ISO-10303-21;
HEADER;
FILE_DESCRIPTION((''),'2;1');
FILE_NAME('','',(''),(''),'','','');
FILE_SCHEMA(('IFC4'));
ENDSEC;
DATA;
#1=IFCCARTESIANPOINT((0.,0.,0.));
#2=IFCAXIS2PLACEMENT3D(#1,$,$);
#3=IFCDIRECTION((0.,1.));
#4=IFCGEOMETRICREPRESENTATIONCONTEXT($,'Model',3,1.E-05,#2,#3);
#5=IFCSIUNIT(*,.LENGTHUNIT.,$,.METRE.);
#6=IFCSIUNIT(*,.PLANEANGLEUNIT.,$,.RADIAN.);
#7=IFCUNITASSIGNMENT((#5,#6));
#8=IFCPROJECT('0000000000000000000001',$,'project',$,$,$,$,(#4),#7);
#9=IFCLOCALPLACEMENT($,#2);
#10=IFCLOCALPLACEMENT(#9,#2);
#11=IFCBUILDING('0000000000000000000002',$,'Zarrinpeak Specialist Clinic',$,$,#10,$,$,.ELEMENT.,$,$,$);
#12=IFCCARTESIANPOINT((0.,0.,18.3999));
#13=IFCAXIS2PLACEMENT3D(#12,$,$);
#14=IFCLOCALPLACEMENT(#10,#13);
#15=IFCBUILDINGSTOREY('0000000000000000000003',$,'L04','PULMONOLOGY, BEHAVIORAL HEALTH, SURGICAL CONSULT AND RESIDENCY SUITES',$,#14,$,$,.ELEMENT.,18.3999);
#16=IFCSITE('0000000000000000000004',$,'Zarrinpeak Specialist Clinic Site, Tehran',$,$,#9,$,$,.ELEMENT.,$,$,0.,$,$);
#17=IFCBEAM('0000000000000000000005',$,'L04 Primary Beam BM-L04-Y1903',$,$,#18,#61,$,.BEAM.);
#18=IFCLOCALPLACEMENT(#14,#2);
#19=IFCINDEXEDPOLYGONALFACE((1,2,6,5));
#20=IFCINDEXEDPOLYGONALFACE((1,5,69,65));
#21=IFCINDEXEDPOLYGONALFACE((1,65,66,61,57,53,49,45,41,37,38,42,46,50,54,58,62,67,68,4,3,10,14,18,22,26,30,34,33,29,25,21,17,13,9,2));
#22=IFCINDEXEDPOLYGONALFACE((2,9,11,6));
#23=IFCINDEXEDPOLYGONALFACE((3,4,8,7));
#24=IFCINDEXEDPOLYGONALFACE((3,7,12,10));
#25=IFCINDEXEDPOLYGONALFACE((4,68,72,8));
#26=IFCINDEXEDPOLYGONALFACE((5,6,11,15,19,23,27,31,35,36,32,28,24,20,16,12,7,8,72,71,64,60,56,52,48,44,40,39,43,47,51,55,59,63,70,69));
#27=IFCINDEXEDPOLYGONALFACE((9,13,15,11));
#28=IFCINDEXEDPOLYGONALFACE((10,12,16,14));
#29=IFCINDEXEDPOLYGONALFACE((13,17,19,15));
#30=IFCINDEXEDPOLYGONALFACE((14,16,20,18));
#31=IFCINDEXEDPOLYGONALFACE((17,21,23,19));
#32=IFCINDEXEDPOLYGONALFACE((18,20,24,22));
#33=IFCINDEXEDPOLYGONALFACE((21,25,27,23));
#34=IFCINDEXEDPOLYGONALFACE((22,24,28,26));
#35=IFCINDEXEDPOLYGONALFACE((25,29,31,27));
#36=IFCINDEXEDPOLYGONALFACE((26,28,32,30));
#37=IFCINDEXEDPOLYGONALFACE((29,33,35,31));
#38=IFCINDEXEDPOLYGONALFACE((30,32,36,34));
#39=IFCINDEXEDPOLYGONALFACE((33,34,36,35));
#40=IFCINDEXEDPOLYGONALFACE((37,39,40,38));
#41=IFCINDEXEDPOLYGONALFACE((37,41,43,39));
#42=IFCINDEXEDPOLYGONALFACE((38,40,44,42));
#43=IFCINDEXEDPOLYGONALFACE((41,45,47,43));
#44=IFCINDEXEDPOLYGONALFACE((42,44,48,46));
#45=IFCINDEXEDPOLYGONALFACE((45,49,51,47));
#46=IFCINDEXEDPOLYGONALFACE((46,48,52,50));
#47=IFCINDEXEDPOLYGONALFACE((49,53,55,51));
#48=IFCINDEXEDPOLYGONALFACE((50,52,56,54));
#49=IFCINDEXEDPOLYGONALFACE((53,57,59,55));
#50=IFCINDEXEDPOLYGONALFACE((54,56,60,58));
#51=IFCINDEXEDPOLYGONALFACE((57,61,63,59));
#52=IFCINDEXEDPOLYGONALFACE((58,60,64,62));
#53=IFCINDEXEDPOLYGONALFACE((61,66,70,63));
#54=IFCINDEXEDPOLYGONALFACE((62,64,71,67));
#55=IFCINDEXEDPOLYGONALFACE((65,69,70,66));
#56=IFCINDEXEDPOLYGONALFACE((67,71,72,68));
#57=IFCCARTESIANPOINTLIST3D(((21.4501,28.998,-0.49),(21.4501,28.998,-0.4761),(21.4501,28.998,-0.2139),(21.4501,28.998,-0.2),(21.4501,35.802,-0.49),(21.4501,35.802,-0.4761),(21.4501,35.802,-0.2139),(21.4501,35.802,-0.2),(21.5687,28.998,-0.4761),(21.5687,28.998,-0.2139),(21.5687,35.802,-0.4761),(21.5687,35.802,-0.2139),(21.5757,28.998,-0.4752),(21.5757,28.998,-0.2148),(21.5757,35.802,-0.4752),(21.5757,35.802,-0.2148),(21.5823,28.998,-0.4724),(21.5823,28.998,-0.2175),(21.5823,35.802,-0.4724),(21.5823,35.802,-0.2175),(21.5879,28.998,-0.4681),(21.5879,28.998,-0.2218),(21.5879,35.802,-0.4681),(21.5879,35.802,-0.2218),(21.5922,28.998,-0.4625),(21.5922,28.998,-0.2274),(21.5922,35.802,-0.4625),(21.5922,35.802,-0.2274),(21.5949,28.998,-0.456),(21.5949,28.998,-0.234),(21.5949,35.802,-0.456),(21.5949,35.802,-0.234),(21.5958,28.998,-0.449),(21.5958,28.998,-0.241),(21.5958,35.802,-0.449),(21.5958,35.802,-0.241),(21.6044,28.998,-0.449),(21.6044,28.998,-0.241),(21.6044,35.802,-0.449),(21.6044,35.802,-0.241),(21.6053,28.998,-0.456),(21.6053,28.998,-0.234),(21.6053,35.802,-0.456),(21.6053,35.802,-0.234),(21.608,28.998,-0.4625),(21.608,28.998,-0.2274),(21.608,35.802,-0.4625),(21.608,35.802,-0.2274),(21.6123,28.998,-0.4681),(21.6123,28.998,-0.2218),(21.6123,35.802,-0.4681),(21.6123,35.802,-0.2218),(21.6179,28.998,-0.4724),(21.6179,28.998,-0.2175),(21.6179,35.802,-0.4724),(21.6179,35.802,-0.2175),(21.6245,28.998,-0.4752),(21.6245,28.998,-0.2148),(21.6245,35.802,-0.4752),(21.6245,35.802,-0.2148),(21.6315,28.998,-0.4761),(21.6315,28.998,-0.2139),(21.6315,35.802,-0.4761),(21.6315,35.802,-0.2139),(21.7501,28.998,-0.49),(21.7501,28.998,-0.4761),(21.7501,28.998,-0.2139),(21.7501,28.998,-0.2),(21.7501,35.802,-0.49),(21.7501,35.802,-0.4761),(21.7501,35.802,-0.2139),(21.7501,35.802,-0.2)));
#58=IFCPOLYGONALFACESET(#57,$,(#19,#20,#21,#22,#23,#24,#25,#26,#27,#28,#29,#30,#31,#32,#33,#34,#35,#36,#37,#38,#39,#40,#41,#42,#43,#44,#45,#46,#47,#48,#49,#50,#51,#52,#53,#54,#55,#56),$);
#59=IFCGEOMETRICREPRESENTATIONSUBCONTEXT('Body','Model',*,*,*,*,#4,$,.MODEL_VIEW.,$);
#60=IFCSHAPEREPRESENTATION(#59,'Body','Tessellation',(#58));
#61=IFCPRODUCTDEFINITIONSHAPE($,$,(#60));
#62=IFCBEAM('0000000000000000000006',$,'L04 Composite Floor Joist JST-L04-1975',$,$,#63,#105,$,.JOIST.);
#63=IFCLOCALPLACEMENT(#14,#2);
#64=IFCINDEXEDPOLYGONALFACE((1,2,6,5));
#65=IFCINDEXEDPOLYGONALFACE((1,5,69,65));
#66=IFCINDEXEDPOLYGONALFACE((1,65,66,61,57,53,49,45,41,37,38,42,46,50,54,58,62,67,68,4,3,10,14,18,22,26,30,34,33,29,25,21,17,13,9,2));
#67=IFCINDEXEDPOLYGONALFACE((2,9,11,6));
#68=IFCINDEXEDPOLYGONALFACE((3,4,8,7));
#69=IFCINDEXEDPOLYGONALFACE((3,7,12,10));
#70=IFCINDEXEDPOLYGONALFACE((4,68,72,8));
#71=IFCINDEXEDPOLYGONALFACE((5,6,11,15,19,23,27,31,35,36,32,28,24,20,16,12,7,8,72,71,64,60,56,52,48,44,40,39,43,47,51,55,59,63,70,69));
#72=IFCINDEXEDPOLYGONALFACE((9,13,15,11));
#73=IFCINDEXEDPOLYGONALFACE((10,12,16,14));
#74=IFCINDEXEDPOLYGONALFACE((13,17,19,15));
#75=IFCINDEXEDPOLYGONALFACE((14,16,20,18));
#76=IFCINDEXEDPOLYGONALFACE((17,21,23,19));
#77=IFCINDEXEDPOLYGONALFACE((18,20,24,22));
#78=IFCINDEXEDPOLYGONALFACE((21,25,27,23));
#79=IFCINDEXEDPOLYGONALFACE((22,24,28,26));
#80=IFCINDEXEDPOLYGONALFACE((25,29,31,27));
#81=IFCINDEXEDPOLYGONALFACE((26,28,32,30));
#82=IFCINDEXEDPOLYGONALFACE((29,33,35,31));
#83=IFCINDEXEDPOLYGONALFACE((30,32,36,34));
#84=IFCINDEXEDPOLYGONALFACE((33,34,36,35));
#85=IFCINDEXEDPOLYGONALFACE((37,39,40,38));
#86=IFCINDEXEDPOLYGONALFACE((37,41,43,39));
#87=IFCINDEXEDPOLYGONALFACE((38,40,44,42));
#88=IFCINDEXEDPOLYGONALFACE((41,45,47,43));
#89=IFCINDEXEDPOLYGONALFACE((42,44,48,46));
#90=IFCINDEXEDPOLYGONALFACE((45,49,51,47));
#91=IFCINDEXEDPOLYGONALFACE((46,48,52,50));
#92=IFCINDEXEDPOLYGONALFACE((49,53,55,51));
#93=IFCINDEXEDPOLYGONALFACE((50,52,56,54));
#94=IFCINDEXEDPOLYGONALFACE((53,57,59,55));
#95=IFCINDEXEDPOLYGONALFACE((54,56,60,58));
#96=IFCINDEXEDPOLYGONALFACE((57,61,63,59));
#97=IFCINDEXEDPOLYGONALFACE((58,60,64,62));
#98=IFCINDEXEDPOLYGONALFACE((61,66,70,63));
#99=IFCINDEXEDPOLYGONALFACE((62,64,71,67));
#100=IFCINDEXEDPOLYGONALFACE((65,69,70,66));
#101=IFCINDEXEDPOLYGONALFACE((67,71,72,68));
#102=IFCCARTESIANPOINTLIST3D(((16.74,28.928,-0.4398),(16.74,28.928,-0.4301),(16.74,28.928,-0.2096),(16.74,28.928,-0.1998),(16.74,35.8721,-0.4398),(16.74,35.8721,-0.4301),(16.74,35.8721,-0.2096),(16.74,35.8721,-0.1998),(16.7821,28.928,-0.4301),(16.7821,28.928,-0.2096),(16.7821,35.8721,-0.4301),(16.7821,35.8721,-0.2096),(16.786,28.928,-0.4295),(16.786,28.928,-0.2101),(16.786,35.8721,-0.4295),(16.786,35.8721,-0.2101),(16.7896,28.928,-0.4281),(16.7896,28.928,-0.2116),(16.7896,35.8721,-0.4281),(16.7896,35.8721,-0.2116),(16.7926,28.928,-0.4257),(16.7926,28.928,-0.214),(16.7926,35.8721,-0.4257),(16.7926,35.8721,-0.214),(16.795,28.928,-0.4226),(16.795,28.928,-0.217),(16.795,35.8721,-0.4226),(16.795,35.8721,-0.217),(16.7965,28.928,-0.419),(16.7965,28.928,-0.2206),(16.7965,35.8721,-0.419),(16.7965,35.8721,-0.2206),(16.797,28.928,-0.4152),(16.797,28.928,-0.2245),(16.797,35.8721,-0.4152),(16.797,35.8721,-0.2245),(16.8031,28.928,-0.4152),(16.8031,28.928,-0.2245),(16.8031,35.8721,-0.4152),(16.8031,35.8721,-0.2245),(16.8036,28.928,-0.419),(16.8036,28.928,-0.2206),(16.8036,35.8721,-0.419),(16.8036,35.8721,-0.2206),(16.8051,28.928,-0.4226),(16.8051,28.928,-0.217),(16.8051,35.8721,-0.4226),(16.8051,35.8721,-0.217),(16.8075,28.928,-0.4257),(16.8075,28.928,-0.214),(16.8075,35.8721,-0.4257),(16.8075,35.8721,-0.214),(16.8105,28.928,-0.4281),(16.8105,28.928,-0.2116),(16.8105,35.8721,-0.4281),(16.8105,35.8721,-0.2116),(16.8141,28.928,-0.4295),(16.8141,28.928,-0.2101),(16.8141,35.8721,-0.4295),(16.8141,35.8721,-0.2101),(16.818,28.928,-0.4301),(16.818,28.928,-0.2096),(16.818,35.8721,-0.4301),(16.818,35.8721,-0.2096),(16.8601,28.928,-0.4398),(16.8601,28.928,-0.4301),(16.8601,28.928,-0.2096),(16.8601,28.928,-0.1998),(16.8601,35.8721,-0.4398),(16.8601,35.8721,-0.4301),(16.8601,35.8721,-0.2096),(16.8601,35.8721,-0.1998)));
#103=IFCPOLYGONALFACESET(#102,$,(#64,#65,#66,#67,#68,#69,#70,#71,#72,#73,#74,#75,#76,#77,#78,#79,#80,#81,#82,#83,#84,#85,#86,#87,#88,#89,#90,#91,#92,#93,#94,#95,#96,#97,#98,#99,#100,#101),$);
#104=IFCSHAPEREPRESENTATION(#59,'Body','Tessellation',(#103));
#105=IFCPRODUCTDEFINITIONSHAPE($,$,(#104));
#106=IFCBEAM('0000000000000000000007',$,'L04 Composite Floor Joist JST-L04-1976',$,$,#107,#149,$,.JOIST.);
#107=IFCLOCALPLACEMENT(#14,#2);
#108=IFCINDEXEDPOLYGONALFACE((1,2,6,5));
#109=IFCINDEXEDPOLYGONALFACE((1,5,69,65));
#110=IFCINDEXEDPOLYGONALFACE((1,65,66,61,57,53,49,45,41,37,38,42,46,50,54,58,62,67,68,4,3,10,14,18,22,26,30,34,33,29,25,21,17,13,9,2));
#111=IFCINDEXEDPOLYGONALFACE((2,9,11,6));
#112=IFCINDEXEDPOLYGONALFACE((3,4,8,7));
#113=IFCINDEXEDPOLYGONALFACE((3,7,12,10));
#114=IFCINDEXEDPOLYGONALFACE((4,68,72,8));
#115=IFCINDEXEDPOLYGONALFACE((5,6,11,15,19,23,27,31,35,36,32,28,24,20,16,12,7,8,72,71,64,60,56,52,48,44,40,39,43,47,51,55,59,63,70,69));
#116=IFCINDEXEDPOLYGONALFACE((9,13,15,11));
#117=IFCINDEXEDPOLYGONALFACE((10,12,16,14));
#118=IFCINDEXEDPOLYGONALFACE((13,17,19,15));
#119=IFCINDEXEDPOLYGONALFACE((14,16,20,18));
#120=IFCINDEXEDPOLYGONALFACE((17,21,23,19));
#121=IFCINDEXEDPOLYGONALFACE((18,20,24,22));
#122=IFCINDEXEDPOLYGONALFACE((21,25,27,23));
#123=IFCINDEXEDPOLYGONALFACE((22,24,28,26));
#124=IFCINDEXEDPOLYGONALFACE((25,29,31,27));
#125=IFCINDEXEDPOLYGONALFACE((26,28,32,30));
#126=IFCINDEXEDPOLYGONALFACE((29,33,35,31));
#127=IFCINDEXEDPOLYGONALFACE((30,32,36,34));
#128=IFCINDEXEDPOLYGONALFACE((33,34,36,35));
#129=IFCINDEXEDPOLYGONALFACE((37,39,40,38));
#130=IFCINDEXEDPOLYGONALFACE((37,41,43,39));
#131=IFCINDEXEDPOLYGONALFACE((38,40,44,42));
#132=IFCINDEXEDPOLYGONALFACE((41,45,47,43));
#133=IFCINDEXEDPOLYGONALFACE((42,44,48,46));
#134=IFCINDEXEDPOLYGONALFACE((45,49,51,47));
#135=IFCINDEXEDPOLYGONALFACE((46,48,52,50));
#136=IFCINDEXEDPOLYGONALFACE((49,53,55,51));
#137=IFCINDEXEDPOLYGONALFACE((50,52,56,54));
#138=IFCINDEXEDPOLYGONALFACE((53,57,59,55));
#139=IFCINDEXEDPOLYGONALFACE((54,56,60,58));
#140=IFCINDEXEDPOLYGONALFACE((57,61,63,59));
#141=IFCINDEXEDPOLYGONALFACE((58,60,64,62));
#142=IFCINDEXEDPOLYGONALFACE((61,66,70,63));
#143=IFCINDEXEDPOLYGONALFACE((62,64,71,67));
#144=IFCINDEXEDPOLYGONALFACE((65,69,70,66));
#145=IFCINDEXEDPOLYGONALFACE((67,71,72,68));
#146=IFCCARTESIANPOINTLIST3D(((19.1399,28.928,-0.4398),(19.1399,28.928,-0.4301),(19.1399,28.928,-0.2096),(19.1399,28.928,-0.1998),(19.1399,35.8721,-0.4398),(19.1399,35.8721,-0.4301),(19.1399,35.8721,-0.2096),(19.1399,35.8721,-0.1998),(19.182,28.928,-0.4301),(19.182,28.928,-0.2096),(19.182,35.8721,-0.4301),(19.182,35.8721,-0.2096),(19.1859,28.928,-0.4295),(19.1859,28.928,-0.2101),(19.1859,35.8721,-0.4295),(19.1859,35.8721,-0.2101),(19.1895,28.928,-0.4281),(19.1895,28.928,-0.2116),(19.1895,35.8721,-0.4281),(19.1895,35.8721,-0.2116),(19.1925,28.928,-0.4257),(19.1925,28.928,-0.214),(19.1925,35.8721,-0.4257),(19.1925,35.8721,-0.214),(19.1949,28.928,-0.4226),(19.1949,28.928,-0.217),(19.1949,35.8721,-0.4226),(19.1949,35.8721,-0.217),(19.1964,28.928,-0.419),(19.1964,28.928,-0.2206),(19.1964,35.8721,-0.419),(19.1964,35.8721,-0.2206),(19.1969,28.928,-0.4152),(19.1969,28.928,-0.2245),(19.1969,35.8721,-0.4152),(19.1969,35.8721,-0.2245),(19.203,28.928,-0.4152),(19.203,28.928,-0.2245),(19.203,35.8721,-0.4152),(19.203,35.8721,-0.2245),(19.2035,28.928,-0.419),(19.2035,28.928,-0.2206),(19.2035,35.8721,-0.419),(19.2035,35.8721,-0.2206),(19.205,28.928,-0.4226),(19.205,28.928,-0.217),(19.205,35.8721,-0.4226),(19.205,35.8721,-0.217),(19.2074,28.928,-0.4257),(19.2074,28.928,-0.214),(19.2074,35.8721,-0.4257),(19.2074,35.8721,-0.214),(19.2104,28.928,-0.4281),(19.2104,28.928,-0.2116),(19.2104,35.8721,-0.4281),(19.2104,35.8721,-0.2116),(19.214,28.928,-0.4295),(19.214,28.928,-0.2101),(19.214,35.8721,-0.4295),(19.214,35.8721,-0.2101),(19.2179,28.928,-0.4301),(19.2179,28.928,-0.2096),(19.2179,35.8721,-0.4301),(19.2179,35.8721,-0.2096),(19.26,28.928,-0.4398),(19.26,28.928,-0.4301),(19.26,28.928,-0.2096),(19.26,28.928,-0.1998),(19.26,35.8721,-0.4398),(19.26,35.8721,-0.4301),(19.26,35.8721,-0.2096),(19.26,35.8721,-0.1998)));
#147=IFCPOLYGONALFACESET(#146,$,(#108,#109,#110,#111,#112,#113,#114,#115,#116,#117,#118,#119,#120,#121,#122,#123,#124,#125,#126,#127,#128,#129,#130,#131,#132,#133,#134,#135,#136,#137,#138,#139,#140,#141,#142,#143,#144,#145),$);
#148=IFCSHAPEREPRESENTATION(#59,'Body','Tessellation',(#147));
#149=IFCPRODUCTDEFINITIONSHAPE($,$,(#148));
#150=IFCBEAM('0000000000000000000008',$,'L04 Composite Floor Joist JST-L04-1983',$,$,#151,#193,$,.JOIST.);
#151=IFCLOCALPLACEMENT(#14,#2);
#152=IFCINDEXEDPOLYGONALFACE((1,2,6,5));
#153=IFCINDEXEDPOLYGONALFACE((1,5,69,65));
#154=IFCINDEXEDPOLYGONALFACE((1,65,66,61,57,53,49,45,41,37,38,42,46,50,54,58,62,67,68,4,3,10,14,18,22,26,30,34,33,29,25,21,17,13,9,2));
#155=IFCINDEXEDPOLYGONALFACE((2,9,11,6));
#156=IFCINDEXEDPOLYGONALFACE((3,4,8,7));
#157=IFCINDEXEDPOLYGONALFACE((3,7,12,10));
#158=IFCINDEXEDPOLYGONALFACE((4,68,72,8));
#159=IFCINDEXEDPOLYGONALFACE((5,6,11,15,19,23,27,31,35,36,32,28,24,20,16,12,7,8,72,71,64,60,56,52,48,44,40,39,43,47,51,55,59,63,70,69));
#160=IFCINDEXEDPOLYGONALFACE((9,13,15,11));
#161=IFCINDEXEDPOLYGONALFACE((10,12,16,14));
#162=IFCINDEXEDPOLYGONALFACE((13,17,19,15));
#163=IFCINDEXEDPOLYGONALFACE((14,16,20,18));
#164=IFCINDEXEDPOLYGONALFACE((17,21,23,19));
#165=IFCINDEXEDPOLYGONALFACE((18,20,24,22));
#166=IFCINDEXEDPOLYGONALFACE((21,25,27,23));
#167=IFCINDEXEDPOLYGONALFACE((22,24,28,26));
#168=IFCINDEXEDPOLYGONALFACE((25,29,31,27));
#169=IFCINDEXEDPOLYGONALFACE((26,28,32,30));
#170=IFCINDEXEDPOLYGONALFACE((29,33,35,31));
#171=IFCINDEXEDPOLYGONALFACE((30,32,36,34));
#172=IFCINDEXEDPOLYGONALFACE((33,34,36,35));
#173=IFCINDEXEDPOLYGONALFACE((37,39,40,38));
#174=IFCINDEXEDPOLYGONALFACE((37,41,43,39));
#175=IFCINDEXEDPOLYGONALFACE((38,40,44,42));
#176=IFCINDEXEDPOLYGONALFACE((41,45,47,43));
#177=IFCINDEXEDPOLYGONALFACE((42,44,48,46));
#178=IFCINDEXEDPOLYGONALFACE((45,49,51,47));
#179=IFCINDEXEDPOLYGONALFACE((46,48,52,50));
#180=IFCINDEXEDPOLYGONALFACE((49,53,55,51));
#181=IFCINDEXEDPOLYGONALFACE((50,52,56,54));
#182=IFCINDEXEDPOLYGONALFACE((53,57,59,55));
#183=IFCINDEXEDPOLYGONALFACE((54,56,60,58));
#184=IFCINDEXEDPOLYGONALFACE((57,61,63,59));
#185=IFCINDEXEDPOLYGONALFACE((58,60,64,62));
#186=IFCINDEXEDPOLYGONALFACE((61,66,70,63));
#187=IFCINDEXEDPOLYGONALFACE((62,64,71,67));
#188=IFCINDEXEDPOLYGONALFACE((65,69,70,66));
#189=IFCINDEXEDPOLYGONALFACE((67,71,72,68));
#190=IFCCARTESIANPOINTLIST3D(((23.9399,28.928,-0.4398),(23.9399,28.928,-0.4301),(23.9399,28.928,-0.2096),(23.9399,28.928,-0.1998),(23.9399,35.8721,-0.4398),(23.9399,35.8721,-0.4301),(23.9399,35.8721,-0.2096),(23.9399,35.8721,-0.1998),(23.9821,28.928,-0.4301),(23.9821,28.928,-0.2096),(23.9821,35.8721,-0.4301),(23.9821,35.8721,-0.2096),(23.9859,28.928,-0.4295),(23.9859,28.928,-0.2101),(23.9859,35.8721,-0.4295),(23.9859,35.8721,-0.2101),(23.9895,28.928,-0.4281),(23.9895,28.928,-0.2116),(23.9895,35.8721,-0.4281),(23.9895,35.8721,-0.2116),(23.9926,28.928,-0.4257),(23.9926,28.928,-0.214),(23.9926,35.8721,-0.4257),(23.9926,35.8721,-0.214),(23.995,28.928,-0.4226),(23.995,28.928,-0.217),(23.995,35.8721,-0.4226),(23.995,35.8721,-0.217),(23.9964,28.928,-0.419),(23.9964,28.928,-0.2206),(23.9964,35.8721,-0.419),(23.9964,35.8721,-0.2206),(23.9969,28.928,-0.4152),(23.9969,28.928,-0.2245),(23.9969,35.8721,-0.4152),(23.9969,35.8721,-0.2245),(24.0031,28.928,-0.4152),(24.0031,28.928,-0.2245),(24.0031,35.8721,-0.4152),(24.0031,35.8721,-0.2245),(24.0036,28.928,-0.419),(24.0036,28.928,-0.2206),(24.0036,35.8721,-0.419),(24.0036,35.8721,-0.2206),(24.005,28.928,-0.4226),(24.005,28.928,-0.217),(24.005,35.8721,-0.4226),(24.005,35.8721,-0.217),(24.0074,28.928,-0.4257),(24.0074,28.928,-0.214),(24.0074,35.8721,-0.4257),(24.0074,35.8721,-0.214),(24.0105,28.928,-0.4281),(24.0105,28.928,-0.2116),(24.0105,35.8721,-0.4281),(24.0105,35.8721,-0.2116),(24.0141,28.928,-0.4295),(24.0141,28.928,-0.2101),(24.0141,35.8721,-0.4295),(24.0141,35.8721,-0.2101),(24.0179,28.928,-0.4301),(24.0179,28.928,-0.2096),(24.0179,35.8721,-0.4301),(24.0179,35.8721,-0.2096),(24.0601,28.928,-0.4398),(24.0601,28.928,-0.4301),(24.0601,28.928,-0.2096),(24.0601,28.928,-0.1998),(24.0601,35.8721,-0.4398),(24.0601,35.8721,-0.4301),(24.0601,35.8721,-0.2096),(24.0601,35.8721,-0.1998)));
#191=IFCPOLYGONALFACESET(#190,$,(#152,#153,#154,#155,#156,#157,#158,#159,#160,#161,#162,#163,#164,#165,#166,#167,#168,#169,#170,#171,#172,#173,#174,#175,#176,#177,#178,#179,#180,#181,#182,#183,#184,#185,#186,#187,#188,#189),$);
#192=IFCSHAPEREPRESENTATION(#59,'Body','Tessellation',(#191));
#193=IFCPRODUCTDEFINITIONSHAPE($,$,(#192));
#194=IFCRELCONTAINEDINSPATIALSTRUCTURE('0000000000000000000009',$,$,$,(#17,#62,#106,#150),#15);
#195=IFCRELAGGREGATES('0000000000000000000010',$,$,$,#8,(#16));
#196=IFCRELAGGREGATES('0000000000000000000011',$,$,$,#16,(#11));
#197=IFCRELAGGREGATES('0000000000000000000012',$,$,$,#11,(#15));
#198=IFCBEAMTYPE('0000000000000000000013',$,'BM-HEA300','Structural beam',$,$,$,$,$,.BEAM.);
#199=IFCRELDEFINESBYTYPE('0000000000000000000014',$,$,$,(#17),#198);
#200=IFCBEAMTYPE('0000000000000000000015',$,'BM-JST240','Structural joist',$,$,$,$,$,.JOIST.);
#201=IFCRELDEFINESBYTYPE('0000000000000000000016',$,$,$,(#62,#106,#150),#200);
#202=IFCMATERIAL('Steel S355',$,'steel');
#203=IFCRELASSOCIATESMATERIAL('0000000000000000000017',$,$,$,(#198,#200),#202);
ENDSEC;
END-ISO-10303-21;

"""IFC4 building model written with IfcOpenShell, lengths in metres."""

from ifc_helpers import new_model, si_unit, direction, frame, origin, origin_2d, place, context, subcontext, project, spatial, i_section, extrude, material, material_profile, profile_set, type_object, element, save


model = new_model("IFC4")

# Units and contexts
model_context = context("Model", 3, precision=1e-05, world=origin(), true_north=direction((0.0, 1.0)))
body_context = subcontext(model_context, "Body", "Model", "MODEL_VIEW")
ifc_project = project(units=[si_unit("LENGTHUNIT", "METRE"), si_unit("PLANEANGLEUNIT", "RADIAN")], contexts=[model_context])

# Site, building, storey
site_placement = place(None, origin())
site = spatial("IfcSite", under=ifc_project, at=site_placement, Name="Zarrinpeak Specialist Clinic Site, Tehran", CompositionType="ELEMENT", RefElevation=0.0)
building_placement = place(site_placement, origin())
building = spatial("IfcBuilding", under=site, at=building_placement, Name="Zarrinpeak Specialist Clinic", CompositionType="ELEMENT")
storey_placement = place(building_placement, frame((0.0, 0.0, 18.3999)))
storey = spatial("IfcBuildingStorey", under=building, at=storey_placement, Name="L04", Description="PULMONOLOGY, BEHAVIORAL HEALTH, SURGICAL CONSULT AND RESIDENCY SUITES", CompositionType="ELEMENT", Elevation=18.3999)

# Shared definitions
ifc_material_1 = material(Name="Steel S355", Category="steel")

# Beams
ifc_material_profile_1 = material_profile(ifc_material_1, i_section(OverallWidth=0.3, OverallDepth=0.29, WebThickness=0.0085, FlangeThickness=0.0139, FilletRadius=0.0271, at=origin_2d()), Name="HEA 300")
ifc_profile_set_1 = profile_set([ifc_material_profile_1], Name="Steel S355")
beam_type_1 = type_object("IfcBeamType", Name="BM-HEA300", Description="Structural beam", PredefinedType="BEAM", material=ifc_profile_set_1)
for number, where, z_axis, x_axis, name in (
    (1, (21.6001, 28.998, -0.345), (0.0, 1.0, 0.0), (-1.0, 0.0, 0.0), "L04 Primary Beam BM-L04-Y1903"),
):
    element("IfcBeam", number, at=place(storey_placement, frame(where, z_axis=z_axis, x_axis=x_axis)), inside=storey, type_object=beam_type_1, Name=name, PredefinedType="BEAM", context=body_context, shape_type="SweptSolid", body=[
        extrude(i_section(OverallWidth=0.3, OverallDepth=0.29, WebThickness=0.0085, FlangeThickness=0.0139, FilletRadius=0.0271, at=origin_2d()), origin(), (0.0, 0.0, 1.0), 6.804),
    ])
ifc_material_profile_2 = material_profile(ifc_material_1, i_section(OverallWidth=0.1201, OverallDepth=0.24, WebThickness=0.0061, FlangeThickness=0.0098, FilletRadius=0.0149, at=origin_2d()), Name="IPE 240")
ifc_profile_set_2 = profile_set([ifc_material_profile_2], Name="Steel S355")
beam_type_2 = type_object("IfcBeamType", Name="BM-JST240", Description="Structural joist", PredefinedType="JOIST", material=ifc_profile_set_2)
for number, where, z_axis, x_axis, name in (
    (2, (16.8, 28.928, -0.3198), (0.0, 1.0, 0.0), (-1.0, 0.0, 0.0), "L04 Composite Floor Joist JST-L04-1975"),
    (3, (19.2, 28.928, -0.3198), (0.0, 1.0, 0.0), (-1.0, 0.0, 0.0), "L04 Composite Floor Joist JST-L04-1976"),
    (4, (24.0, 28.928, -0.3198), (0.0, 1.0, 0.0), (-1.0, 0.0, 0.0), "L04 Composite Floor Joist JST-L04-1983"),
):
    element("IfcBeam", number, at=place(storey_placement, frame(where, z_axis=z_axis, x_axis=x_axis)), inside=storey, type_object=beam_type_2, Name=name, PredefinedType="JOIST", context=body_context, shape_type="SweptSolid", body=[
        extrude(i_section(OverallWidth=0.1201, OverallDepth=0.24, WebThickness=0.0061, FlangeThickness=0.0098, FilletRadius=0.0149, at=origin_2d()), origin(), (0.0, 0.0, 1.0), 6.9441),
    ])

save(model, "model.ifc")
